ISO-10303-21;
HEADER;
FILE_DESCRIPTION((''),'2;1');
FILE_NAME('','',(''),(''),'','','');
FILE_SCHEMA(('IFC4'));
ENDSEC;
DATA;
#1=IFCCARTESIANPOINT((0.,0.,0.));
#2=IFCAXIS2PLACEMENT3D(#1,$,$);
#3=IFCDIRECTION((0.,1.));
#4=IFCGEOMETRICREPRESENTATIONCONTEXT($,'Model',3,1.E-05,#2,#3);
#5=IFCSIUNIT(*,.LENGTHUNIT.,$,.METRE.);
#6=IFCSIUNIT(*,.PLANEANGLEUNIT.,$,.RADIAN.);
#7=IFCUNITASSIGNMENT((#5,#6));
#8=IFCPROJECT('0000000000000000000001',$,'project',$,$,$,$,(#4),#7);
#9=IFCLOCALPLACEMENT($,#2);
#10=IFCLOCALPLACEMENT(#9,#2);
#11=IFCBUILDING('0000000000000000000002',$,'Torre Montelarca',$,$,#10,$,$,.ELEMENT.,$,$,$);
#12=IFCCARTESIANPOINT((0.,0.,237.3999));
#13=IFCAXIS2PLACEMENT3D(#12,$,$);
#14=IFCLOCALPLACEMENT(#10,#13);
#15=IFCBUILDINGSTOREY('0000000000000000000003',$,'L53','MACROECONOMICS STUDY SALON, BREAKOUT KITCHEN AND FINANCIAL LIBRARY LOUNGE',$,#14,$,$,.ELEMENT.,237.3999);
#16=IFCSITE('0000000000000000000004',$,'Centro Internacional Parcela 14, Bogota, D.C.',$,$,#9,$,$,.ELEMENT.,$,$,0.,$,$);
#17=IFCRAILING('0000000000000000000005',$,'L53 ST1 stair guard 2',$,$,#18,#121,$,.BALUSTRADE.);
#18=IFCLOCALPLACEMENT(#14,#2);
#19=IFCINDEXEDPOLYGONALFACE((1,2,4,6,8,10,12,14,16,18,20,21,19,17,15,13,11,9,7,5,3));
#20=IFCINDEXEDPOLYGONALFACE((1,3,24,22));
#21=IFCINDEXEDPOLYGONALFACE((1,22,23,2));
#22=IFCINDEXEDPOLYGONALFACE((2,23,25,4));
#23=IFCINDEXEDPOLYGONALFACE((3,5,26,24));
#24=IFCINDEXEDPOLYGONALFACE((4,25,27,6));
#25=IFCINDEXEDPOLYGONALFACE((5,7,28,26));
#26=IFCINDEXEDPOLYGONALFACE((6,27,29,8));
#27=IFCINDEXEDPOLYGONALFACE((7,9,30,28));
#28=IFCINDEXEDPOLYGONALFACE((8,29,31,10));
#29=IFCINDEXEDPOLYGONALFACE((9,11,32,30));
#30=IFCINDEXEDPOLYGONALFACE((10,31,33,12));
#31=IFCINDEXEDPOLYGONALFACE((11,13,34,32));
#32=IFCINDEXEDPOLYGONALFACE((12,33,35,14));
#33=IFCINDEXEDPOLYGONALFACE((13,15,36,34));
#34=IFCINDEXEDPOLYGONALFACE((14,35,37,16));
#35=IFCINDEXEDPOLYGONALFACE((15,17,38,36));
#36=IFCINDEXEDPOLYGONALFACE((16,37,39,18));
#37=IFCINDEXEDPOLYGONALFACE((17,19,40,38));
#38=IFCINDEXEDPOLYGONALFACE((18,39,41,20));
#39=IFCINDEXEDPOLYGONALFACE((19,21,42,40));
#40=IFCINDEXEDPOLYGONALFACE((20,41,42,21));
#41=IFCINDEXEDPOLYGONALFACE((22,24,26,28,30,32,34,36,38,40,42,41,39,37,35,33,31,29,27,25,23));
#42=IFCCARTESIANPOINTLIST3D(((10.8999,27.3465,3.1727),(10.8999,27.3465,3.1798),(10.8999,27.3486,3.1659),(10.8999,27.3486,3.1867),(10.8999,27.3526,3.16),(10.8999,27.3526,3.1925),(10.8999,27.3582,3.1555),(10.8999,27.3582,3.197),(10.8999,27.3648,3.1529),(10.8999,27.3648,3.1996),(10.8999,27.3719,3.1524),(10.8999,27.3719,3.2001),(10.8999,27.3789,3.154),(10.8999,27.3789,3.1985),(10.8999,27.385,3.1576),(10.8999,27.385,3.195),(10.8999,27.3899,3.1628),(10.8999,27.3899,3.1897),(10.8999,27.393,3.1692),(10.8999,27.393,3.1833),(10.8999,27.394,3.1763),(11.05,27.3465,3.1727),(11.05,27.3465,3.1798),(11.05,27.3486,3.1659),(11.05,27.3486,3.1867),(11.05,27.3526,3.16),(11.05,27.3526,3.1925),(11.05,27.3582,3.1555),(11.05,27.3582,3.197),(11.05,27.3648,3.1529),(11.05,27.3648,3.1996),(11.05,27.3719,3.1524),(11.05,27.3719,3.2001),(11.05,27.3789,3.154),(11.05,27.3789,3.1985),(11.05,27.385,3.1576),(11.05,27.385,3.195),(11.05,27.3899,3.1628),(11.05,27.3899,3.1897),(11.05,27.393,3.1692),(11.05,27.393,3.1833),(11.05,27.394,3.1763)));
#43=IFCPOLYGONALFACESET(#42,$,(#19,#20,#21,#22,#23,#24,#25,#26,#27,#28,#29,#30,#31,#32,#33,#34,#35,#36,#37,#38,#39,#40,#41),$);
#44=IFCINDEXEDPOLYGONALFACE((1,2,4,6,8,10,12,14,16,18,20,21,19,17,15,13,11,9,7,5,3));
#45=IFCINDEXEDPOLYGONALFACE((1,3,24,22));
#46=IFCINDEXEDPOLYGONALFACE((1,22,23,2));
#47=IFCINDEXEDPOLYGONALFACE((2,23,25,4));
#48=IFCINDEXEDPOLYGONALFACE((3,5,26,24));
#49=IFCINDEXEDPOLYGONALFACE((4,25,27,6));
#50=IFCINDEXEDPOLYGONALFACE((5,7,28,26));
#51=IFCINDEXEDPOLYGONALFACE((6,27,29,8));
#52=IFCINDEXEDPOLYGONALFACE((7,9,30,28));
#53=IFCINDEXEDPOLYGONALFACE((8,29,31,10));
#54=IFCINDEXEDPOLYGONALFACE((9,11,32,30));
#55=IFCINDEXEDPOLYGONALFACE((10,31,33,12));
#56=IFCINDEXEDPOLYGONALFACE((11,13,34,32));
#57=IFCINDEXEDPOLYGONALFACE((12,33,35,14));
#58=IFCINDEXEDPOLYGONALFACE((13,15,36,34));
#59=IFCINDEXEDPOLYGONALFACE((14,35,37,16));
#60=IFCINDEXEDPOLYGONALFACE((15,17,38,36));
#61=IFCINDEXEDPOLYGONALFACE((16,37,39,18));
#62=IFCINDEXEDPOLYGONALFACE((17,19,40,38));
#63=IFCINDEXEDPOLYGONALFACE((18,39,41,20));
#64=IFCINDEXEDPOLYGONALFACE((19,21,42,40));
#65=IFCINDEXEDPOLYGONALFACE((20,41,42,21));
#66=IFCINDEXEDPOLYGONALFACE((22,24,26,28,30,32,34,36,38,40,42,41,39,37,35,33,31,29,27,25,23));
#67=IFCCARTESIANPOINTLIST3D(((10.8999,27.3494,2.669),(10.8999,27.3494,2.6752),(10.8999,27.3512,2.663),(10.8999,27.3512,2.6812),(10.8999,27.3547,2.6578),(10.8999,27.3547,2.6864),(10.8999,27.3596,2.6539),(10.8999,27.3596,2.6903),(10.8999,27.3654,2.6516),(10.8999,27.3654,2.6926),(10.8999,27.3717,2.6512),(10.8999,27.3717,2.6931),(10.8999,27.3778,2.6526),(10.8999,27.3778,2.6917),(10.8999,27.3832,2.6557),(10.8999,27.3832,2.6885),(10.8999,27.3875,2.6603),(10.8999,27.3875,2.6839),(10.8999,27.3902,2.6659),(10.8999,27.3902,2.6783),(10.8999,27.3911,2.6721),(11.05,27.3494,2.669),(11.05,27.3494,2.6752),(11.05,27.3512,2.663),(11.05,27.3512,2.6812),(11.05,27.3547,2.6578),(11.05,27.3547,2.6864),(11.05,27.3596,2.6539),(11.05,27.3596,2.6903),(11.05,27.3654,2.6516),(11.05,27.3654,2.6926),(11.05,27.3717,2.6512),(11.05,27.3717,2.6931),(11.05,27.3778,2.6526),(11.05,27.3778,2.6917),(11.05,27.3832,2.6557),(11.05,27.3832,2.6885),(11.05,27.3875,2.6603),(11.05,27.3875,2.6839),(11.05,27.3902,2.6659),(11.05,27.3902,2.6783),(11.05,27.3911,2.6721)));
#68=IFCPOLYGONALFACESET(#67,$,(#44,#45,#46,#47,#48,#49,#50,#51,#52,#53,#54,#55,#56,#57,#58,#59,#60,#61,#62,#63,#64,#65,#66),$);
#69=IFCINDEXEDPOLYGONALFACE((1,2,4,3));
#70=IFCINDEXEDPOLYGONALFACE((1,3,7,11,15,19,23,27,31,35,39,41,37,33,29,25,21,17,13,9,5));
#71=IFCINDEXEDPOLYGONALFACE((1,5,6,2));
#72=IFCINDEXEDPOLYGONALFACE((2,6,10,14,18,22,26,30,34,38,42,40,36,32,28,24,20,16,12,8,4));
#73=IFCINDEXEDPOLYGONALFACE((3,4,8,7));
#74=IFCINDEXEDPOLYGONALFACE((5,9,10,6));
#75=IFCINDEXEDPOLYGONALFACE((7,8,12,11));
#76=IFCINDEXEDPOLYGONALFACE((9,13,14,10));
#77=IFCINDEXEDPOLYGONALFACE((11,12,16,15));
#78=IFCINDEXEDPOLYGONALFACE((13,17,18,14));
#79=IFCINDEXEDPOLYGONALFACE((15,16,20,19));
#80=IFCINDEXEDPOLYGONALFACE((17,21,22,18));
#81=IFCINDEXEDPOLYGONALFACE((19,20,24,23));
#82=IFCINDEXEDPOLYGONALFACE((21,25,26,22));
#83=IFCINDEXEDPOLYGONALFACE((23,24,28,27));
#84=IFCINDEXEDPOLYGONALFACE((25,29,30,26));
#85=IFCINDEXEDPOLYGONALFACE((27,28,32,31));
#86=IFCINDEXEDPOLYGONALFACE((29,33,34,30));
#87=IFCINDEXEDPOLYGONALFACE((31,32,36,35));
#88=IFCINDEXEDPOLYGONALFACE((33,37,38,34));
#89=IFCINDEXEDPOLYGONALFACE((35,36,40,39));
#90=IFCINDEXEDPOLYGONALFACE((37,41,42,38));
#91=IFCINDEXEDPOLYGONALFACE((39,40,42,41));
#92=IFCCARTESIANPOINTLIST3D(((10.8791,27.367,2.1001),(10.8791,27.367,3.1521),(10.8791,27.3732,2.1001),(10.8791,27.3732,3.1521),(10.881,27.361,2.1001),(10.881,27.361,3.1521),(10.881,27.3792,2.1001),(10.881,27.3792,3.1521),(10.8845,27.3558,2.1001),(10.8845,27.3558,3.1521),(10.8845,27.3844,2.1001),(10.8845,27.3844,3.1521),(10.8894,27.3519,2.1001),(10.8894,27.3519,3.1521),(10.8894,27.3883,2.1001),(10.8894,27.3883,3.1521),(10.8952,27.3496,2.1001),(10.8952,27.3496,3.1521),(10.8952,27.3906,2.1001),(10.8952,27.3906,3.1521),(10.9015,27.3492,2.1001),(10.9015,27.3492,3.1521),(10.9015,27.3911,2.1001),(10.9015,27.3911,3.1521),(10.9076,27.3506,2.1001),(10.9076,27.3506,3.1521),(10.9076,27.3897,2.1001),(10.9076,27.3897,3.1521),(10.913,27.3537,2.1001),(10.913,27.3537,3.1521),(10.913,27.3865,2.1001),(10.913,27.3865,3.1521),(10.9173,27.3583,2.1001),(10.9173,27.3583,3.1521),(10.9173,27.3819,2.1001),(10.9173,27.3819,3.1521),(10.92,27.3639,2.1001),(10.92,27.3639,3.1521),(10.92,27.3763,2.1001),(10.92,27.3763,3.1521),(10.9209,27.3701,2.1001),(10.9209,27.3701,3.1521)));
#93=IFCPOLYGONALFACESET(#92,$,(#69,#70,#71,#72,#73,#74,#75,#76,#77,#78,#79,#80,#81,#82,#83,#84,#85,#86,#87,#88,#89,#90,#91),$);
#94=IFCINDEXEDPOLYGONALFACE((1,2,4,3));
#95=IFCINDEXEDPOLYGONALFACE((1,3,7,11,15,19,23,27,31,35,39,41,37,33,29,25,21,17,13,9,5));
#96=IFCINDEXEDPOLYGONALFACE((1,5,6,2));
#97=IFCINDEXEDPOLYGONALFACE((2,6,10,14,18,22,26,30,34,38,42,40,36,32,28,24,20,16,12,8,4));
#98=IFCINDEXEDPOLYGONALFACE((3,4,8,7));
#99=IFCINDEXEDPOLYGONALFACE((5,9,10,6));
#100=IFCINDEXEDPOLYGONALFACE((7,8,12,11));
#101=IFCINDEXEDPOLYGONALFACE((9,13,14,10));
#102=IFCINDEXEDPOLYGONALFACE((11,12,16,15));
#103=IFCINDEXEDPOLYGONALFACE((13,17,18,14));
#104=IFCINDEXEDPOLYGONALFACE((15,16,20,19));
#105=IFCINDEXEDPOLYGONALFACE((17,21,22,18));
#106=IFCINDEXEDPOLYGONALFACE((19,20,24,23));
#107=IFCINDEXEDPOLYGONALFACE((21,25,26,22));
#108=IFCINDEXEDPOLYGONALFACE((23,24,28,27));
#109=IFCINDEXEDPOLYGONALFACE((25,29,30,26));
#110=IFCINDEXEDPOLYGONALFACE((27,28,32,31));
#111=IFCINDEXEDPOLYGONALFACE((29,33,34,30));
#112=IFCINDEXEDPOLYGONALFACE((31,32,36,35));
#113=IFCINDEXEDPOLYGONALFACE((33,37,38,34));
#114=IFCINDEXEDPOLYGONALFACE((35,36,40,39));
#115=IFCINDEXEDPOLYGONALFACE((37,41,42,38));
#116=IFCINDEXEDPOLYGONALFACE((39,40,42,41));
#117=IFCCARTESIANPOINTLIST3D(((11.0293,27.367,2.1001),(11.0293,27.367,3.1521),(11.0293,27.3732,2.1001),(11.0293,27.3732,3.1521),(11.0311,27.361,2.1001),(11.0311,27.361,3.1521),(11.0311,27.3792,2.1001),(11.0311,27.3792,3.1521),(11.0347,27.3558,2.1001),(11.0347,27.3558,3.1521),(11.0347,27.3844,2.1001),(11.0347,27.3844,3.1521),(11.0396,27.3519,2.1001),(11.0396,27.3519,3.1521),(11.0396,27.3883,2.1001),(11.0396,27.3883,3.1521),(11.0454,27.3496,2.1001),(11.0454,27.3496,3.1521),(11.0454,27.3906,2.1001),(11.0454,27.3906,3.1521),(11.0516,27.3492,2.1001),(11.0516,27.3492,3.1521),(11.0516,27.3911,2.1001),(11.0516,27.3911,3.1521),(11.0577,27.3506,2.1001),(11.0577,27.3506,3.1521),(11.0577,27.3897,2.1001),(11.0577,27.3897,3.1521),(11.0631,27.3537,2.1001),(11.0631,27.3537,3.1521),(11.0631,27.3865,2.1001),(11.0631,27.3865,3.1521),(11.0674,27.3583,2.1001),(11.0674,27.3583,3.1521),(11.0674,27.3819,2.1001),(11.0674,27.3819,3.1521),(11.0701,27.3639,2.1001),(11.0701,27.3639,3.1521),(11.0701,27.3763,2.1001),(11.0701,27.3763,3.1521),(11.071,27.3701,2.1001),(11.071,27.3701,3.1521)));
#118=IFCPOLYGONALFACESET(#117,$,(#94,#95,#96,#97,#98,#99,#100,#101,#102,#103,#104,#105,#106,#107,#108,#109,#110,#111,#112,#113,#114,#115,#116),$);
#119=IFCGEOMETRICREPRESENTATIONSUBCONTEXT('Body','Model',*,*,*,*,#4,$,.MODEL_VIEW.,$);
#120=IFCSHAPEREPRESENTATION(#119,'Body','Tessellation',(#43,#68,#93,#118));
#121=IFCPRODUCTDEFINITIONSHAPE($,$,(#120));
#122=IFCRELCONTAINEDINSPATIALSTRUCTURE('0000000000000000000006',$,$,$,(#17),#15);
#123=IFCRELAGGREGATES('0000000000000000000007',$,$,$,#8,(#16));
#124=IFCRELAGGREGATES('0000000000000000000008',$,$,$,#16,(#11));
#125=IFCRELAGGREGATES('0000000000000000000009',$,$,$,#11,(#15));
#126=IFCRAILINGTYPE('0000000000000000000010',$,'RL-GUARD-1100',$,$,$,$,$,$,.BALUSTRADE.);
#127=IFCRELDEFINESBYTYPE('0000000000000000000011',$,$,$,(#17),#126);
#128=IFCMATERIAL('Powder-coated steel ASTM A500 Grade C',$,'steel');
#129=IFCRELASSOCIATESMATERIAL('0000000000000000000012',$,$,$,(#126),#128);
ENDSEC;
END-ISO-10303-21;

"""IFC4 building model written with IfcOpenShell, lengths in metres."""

from ifc_helpers import new_model, si_unit, direction, frame, origin, origin_2d, place, context, subcontext, project, spatial, circle, extrude, material, type_object, element, save


model = new_model("IFC4")

# Units and contexts
model_context = context("Model", 3, precision=1e-05, world=origin(), true_north=direction((0.0, 1.0)))
body_context = subcontext(model_context, "Body", "Model", "MODEL_VIEW")
ifc_project = project(units=[si_unit("LENGTHUNIT", "METRE"), si_unit("PLANEANGLEUNIT", "RADIAN")], contexts=[model_context])

# Site, building, storey
site_placement = place(None, origin())
site = spatial("IfcSite", under=ifc_project, at=site_placement, Name="Centro Internacional Parcela 14, Bogota, D.C.", CompositionType="ELEMENT", RefElevation=0.0)
building_placement = place(site_placement, origin())
building = spatial("IfcBuilding", under=site, at=building_placement, Name="Torre Montelarca", CompositionType="ELEMENT")
storey_placement = place(building_placement, frame((0.0, 0.0, 237.3999)))
storey = spatial("IfcBuildingStorey", under=building, at=storey_placement, Name="L53", Description="MACROECONOMICS STUDY SALON, BREAKOUT KITCHEN AND FINANCIAL LIBRARY LOUNGE", CompositionType="ELEMENT", Elevation=237.3999)

# Railing
ifc_material_1 = material(Name="Powder-coated steel ASTM A500 Grade C", Category="steel")
railing_type_1 = type_object("IfcRailingType", Name="RL-GUARD-1100", PredefinedType="BALUSTRADE", material=ifc_material_1)
railing_1_placement = place(storey_placement, frame((10.8999, 27.3701, 2.1001)))
element("IfcRailing", 1, at=railing_1_placement, inside=storey, type_object=railing_type_1, Name="L53 ST1 stair guard 2", PredefinedType="BALUSTRADE", context=body_context, shape_type="SweptSolid", body=[
    extrude(circle(Radius=0.0239, at=origin_2d()), frame((0.0, 0.0, 1.0762), z_axis=(1.0, 0.0, 0.0), x_axis=(0.0, 1.0, 0.0)), (0.0, 0.0, 1.0), 0.1501),
    extrude(circle(Radius=0.021, at=origin_2d()), frame((0.0, 0.0, 0.572), z_axis=(1.0, 0.0, 0.0), x_axis=(0.0, 1.0, 0.0)), (0.0, 0.0, 1.0), 0.1501),
    extrude(circle(Radius=0.021, at=origin_2d()), origin(), (0.0, 0.0, 1.0), 1.052),
    extrude(circle(Radius=0.021, at=origin_2d()), frame((0.1501, 0.0, 0.0)), (0.0, 0.0, 1.0), 1.052),
])

save(model, "model.ifc")
